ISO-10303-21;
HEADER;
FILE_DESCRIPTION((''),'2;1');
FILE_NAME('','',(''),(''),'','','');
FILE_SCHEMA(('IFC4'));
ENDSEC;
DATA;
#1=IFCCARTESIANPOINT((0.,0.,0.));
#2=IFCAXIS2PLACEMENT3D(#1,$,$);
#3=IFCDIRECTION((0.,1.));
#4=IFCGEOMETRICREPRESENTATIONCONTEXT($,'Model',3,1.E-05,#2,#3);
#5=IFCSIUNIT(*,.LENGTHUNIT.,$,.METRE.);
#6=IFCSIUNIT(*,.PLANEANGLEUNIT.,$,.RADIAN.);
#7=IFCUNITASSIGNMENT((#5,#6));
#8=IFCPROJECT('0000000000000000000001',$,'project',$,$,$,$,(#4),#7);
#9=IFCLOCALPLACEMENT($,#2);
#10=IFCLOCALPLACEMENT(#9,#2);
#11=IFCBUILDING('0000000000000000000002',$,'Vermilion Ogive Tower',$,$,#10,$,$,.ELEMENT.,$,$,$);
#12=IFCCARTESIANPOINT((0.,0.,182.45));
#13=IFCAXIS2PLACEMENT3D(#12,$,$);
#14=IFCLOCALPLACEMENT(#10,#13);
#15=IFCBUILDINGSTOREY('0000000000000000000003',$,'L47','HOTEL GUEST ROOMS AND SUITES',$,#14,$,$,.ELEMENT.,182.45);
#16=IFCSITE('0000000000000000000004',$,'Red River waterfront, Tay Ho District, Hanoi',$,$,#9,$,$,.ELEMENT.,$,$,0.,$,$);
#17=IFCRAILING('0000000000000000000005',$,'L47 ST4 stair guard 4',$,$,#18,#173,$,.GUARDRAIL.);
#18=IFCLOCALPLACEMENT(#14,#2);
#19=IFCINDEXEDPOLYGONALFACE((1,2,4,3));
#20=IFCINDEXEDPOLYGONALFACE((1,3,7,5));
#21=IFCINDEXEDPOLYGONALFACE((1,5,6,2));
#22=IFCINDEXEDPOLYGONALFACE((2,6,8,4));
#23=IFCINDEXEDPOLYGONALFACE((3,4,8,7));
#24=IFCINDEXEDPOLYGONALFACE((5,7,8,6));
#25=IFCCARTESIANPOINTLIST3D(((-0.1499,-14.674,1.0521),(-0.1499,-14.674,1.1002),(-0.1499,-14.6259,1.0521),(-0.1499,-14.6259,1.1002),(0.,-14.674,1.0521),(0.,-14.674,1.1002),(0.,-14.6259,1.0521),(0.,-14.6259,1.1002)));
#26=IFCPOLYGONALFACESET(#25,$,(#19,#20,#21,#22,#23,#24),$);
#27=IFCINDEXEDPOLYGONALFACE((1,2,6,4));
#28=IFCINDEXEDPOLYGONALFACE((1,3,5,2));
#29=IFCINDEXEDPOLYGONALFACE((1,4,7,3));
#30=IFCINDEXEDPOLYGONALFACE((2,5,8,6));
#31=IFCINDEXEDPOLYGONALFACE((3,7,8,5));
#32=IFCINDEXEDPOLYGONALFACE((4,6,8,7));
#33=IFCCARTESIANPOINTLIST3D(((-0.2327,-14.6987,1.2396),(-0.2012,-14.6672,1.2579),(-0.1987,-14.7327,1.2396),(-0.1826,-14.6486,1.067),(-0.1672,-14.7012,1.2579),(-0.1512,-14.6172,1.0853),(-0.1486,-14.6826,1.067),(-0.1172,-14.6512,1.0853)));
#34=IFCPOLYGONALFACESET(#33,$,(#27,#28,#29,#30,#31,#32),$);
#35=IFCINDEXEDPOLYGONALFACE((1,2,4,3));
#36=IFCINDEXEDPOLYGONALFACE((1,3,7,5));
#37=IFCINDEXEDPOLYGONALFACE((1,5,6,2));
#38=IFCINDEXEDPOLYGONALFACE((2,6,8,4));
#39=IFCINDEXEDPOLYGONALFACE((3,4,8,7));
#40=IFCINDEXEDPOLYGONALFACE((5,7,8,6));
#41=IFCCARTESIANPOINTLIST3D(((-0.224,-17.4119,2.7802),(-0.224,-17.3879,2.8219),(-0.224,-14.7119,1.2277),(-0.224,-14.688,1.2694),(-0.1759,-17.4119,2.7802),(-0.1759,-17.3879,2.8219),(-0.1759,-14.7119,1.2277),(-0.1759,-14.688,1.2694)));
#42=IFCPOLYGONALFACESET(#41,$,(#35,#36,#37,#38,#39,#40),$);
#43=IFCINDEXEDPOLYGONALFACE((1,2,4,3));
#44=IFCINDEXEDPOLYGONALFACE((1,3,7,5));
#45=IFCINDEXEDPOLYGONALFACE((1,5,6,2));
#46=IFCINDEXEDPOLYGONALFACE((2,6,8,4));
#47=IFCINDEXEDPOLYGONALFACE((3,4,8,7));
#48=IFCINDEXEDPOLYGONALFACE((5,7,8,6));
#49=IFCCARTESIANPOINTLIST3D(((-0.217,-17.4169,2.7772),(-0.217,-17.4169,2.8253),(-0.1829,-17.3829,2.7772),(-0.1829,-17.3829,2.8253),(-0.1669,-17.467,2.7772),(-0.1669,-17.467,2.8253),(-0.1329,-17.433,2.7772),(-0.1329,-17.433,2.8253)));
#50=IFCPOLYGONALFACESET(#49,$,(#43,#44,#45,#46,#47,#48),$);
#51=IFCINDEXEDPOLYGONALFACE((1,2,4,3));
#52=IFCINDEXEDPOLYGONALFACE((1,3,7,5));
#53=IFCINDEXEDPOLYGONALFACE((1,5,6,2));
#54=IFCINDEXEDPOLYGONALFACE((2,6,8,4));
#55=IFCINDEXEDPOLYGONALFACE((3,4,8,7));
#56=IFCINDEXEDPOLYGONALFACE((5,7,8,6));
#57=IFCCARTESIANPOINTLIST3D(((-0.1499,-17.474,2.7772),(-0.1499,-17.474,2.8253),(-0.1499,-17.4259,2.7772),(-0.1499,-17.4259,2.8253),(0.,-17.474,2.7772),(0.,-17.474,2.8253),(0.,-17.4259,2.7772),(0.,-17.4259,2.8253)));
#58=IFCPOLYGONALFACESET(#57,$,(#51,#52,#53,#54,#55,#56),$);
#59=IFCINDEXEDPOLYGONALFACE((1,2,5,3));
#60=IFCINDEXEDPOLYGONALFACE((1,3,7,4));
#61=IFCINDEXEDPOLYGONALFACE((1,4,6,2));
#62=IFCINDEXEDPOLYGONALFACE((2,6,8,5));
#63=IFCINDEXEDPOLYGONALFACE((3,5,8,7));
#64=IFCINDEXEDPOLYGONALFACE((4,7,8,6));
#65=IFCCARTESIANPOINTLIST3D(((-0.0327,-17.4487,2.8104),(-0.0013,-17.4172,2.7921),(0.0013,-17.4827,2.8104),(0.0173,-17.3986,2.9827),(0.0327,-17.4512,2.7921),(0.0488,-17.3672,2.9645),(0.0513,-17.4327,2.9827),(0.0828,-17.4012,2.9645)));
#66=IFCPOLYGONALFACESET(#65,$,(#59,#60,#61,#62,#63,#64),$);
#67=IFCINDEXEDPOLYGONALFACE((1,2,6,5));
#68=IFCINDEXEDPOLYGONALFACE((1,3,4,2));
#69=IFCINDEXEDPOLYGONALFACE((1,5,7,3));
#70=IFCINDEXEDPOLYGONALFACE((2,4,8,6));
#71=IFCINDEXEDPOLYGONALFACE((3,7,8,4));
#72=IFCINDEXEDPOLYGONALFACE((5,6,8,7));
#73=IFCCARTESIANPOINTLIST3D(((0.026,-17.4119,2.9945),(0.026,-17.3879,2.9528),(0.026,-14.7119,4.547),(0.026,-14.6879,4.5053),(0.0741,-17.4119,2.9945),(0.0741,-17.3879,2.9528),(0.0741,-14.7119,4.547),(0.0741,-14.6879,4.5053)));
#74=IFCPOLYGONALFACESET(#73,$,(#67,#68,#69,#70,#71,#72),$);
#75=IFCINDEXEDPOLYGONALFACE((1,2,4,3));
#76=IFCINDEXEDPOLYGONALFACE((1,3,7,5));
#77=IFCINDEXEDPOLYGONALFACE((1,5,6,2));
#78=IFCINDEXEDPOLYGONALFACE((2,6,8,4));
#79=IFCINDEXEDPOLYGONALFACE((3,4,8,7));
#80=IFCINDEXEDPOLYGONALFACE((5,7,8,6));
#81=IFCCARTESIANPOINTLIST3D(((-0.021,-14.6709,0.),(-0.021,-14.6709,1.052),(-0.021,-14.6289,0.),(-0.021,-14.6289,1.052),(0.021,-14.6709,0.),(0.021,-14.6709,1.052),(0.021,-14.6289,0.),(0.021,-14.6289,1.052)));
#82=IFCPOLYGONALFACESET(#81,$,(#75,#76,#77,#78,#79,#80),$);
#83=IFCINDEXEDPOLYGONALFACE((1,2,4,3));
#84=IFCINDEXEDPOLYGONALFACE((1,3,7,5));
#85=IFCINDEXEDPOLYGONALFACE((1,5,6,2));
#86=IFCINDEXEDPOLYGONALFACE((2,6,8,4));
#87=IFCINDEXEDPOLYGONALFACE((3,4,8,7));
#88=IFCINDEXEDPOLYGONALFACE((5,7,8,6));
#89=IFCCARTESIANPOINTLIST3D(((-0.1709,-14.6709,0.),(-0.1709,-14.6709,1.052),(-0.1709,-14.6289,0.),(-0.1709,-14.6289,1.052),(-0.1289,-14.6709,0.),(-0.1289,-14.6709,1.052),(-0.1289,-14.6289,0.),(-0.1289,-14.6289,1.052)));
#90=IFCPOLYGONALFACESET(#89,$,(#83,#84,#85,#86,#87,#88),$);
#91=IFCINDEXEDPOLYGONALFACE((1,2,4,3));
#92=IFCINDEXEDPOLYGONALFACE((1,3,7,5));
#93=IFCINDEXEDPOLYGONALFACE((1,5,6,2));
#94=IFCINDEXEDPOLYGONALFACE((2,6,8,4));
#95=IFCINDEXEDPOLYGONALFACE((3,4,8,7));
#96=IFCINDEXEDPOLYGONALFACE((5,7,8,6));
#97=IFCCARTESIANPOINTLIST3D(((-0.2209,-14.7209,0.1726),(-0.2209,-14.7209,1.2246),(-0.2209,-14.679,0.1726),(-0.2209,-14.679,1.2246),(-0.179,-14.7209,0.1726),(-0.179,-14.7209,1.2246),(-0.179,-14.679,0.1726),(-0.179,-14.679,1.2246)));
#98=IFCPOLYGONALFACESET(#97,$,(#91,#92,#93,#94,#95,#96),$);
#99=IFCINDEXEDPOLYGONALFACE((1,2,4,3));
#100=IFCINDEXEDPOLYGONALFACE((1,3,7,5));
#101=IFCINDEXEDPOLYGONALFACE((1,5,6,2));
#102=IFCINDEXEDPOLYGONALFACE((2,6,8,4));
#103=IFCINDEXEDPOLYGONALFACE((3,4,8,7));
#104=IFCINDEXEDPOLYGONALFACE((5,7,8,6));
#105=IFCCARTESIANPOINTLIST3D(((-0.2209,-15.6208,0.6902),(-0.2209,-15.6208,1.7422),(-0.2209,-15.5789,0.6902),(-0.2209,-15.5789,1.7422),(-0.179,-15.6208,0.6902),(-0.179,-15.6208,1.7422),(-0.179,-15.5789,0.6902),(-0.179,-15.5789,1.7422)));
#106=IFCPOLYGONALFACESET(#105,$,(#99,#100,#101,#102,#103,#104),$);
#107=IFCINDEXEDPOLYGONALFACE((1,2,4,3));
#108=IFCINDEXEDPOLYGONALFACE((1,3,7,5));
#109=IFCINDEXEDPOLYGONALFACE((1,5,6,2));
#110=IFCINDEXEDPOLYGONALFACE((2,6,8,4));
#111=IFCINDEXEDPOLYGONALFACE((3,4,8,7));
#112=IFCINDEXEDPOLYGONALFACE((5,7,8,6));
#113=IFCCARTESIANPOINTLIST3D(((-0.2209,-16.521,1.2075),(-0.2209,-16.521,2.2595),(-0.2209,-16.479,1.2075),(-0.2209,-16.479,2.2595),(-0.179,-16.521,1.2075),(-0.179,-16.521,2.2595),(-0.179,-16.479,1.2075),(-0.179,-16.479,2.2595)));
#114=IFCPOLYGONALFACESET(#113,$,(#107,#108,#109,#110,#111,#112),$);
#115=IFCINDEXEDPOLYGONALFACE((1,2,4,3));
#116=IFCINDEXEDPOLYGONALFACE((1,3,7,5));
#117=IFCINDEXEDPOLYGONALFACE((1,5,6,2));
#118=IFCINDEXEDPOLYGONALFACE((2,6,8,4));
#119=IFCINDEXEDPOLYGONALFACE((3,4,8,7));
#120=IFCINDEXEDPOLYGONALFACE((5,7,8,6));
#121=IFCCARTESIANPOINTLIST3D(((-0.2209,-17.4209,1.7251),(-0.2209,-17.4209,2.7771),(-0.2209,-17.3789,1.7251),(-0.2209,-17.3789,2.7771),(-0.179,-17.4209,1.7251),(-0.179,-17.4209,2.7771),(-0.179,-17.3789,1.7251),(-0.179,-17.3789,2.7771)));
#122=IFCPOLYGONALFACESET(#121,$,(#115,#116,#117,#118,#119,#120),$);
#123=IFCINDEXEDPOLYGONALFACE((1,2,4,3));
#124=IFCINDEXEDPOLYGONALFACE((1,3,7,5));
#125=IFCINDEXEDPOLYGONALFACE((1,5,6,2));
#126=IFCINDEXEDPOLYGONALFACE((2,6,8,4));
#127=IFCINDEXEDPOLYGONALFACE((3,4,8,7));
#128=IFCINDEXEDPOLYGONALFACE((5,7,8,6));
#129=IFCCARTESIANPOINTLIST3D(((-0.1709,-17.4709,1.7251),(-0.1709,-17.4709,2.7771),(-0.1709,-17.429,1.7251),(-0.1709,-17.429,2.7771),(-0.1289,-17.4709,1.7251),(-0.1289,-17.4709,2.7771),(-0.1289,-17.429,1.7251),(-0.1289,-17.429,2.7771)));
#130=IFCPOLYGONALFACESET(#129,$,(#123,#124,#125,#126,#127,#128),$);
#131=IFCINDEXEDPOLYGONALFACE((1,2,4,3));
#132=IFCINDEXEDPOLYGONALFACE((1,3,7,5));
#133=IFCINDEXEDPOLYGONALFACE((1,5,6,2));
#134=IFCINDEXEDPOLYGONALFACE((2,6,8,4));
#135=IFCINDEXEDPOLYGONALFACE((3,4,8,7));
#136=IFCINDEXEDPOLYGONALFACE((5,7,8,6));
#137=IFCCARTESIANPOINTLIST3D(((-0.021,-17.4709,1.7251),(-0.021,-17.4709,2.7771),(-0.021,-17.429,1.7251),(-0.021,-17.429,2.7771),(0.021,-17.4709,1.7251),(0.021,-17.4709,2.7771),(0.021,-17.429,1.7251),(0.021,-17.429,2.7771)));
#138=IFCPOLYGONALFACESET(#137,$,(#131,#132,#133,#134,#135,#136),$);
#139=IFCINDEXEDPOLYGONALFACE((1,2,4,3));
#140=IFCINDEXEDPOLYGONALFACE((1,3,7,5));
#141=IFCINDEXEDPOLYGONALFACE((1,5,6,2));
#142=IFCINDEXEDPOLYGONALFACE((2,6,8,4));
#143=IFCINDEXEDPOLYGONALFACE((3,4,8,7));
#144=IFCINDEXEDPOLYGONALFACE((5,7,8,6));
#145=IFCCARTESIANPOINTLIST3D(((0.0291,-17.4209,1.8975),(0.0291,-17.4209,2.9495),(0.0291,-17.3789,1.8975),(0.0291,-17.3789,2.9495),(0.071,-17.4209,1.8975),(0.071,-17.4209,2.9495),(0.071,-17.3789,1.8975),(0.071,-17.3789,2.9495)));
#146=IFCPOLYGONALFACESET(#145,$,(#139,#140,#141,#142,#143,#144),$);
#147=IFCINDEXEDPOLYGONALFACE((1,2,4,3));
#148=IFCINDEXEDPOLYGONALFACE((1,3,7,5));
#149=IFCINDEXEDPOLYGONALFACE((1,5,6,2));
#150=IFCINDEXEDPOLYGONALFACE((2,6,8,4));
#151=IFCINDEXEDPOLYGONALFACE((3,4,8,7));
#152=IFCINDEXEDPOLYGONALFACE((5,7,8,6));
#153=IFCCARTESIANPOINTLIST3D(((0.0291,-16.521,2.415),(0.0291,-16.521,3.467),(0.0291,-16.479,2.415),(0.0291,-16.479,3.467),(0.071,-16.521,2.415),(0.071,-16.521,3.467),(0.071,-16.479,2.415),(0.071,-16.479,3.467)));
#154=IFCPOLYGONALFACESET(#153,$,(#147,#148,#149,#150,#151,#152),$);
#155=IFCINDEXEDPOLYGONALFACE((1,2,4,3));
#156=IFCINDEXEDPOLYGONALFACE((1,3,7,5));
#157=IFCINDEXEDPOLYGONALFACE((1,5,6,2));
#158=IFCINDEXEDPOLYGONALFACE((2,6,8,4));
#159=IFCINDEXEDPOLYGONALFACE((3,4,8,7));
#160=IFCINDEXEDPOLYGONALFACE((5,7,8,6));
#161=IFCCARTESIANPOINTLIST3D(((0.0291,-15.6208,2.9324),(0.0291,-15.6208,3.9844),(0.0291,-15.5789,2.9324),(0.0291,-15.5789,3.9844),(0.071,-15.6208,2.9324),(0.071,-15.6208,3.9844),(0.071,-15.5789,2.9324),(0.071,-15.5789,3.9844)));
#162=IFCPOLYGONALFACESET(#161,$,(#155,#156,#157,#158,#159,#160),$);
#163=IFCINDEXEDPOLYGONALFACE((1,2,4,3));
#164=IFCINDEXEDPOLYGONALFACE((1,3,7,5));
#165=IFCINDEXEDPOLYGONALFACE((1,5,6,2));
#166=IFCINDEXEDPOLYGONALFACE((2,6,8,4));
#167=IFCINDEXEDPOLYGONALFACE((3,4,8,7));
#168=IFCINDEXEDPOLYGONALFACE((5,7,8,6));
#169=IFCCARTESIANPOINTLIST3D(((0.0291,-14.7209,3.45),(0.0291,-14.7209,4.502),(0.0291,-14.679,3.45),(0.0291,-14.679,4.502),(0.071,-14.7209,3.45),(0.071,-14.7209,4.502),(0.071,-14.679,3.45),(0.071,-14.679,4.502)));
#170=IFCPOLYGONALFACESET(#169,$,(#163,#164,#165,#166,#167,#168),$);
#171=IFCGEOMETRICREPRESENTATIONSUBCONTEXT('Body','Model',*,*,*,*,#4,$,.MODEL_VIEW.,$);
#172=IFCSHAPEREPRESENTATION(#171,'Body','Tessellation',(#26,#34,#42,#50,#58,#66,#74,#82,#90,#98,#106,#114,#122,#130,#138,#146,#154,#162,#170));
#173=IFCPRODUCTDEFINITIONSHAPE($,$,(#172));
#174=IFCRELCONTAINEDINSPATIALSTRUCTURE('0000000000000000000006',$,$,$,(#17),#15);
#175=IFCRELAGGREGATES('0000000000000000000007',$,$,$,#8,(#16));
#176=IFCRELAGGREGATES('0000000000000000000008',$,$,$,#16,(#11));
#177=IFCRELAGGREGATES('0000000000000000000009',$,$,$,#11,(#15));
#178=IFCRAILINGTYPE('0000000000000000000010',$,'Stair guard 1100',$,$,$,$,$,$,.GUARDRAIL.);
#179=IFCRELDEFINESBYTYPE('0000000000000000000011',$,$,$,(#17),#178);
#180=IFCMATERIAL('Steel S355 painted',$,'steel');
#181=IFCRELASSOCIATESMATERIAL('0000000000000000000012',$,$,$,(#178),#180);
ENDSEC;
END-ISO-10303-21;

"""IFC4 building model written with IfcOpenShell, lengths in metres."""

from ifc_helpers import new_model, si_unit, direction, frame, origin, origin_2d, place, context, subcontext, project, spatial, rectangle, extrude, material, type_object, element, save


model = new_model("IFC4")

# Units and contexts
model_context = context("Model", 3, precision=1e-05, world=origin(), true_north=direction((0.0, 1.0)))
body_context = subcontext(model_context, "Body", "Model", "MODEL_VIEW")
ifc_project = project(units=[si_unit("LENGTHUNIT", "METRE"), si_unit("PLANEANGLEUNIT", "RADIAN")], contexts=[model_context])

# Site, building, storey
site_placement = place(None, origin())
site = spatial("IfcSite", under=ifc_project, at=site_placement, Name="Red River waterfront, Tay Ho District, Hanoi", CompositionType="ELEMENT", RefElevation=0.0)
building_placement = place(site_placement, origin())
building = spatial("IfcBuilding", under=site, at=building_placement, Name="Vermilion Ogive Tower", CompositionType="ELEMENT")
storey_placement = place(building_placement, frame((0.0, 0.0, 182.45)))
storey = spatial("IfcBuildingStorey", under=building, at=storey_placement, Name="L47", Description="HOTEL GUEST ROOMS AND SUITES", CompositionType="ELEMENT", Elevation=182.45)

# Railing
ifc_material_1 = material(Name="Steel S355 painted", Category="steel")
railing_type_1 = type_object("IfcRailingType", Name="Stair guard 1100", PredefinedType="GUARDRAIL", material=ifc_material_1)
railing_1_placement = place(storey_placement, frame((0.0, -14.6499, 0.0)))
element("IfcRailing", 1, at=railing_1_placement, inside=storey, type_object=railing_type_1, Name="L47 ST4 stair guard 4", PredefinedType="GUARDRAIL", context=body_context, shape_type="SweptSolid", body=[
    extrude(rectangle(XDim=0.0481, YDim=0.0481, at=origin_2d()), frame((0.0, 0.0, 1.0762), z_axis=(-1.0, 0.0, 0.0), x_axis=(0.0, -1.0, 0.0)), (0.0, 0.0, 1.0), 0.1499),
    extrude(rectangle(XDim=0.0481, YDim=0.0481, at=origin_2d()), frame((-0.1499, 0.0, 1.0762), z_axis=(-0.268278, -0.268278, 0.925232), x_axis=(0.707107, -0.707107, 0.0)), (0.0, 0.0, 1.0), 0.1865),
    extrude(rectangle(XDim=0.0481, YDim=0.0481, at=origin_2d()), frame((-0.2, -0.05, 1.2485), z_axis=(0.0, -0.866904, 0.498476), x_axis=(1.0, 0.0, 0.0)), (0.0, 0.0, 1.0), 3.1145),
    extrude(rectangle(XDim=0.0481, YDim=0.0481, at=origin_2d()), frame((-0.2, -2.75, 2.8013), z_axis=(0.707107, -0.707107, 0.0), x_axis=(0.707107, 0.707107, 0.0)), (0.0, 0.0, 1.0), 0.0708),
    extrude(rectangle(XDim=0.0481, YDim=0.0481, at=origin_2d()), frame((-0.1499, -2.8, 2.8013), z_axis=(1.0, 0.0, 0.0), x_axis=(0.0, 1.0, 0.0)), (0.0, 0.0, 1.0), 0.1499),
    extrude(rectangle(XDim=0.0481, YDim=0.0481, at=origin_2d()), frame((0.0, -2.8, 2.8013), z_axis=(0.268603, 0.268603, 0.925043), x_axis=(-0.707107, 0.707107, 0.0)), (0.0, 0.0, 1.0), 0.1863),
    extrude(rectangle(XDim=0.0481, YDim=0.0481, at=origin_2d()), frame((0.05, -2.75, 2.9736), z_axis=(0.0, 0.866904, 0.498476), x_axis=(-1.0, 0.0, 0.0)), (0.0, 0.0, 1.0), 3.1145),
    extrude(rectangle(XDim=0.042, YDim=0.042, at=origin_2d()), origin(), (0.0, 0.0, 1.0), 1.052),
    extrude(rectangle(XDim=0.042, YDim=0.042, at=origin_2d()), frame((-0.1499, 0.0, 0.0)), (0.0, 0.0, 1.0), 1.052),
    extrude(rectangle(XDim=0.042, YDim=0.042, at=origin_2d()), frame((-0.2, -0.05, 0.1726)), (0.0, 0.0, 1.0), 1.052),
    extrude(rectangle(XDim=0.042, YDim=0.042, at=origin_2d()), frame((-0.2, -0.95, 0.6902)), (0.0, 0.0, 1.0), 1.052),
    extrude(rectangle(XDim=0.042, YDim=0.042, at=origin_2d()), frame((-0.2, -1.8501, 1.2075)), (0.0, 0.0, 1.0), 1.052),
    extrude(rectangle(XDim=0.042, YDim=0.042, at=origin_2d()), frame((-0.2, -2.75, 1.7251)), (0.0, 0.0, 1.0), 1.052),
    extrude(rectangle(XDim=0.042, YDim=0.042, at=origin_2d()), frame((-0.1499, -2.8, 1.7251)), (0.0, 0.0, 1.0), 1.052),
    extrude(rectangle(XDim=0.042, YDim=0.042, at=origin_2d()), frame((0.0, -2.8, 1.7251)), (0.0, 0.0, 1.0), 1.052),
    extrude(rectangle(XDim=0.042, YDim=0.042, at=origin_2d()), frame((0.05, -2.75, 1.8975)), (0.0, 0.0, 1.0), 1.052),
    extrude(rectangle(XDim=0.042, YDim=0.042, at=origin_2d()), frame((0.05, -1.8501, 2.415)), (0.0, 0.0, 1.0), 1.052),
    extrude(rectangle(XDim=0.042, YDim=0.042, at=origin_2d()), frame((0.05, -0.95, 2.9324)), (0.0, 0.0, 1.0), 1.052),
    extrude(rectangle(XDim=0.042, YDim=0.042, at=origin_2d()), frame((0.05, -0.05, 3.45)), (0.0, 0.0, 1.0), 1.052),
])

save(model, "model.ifc")
